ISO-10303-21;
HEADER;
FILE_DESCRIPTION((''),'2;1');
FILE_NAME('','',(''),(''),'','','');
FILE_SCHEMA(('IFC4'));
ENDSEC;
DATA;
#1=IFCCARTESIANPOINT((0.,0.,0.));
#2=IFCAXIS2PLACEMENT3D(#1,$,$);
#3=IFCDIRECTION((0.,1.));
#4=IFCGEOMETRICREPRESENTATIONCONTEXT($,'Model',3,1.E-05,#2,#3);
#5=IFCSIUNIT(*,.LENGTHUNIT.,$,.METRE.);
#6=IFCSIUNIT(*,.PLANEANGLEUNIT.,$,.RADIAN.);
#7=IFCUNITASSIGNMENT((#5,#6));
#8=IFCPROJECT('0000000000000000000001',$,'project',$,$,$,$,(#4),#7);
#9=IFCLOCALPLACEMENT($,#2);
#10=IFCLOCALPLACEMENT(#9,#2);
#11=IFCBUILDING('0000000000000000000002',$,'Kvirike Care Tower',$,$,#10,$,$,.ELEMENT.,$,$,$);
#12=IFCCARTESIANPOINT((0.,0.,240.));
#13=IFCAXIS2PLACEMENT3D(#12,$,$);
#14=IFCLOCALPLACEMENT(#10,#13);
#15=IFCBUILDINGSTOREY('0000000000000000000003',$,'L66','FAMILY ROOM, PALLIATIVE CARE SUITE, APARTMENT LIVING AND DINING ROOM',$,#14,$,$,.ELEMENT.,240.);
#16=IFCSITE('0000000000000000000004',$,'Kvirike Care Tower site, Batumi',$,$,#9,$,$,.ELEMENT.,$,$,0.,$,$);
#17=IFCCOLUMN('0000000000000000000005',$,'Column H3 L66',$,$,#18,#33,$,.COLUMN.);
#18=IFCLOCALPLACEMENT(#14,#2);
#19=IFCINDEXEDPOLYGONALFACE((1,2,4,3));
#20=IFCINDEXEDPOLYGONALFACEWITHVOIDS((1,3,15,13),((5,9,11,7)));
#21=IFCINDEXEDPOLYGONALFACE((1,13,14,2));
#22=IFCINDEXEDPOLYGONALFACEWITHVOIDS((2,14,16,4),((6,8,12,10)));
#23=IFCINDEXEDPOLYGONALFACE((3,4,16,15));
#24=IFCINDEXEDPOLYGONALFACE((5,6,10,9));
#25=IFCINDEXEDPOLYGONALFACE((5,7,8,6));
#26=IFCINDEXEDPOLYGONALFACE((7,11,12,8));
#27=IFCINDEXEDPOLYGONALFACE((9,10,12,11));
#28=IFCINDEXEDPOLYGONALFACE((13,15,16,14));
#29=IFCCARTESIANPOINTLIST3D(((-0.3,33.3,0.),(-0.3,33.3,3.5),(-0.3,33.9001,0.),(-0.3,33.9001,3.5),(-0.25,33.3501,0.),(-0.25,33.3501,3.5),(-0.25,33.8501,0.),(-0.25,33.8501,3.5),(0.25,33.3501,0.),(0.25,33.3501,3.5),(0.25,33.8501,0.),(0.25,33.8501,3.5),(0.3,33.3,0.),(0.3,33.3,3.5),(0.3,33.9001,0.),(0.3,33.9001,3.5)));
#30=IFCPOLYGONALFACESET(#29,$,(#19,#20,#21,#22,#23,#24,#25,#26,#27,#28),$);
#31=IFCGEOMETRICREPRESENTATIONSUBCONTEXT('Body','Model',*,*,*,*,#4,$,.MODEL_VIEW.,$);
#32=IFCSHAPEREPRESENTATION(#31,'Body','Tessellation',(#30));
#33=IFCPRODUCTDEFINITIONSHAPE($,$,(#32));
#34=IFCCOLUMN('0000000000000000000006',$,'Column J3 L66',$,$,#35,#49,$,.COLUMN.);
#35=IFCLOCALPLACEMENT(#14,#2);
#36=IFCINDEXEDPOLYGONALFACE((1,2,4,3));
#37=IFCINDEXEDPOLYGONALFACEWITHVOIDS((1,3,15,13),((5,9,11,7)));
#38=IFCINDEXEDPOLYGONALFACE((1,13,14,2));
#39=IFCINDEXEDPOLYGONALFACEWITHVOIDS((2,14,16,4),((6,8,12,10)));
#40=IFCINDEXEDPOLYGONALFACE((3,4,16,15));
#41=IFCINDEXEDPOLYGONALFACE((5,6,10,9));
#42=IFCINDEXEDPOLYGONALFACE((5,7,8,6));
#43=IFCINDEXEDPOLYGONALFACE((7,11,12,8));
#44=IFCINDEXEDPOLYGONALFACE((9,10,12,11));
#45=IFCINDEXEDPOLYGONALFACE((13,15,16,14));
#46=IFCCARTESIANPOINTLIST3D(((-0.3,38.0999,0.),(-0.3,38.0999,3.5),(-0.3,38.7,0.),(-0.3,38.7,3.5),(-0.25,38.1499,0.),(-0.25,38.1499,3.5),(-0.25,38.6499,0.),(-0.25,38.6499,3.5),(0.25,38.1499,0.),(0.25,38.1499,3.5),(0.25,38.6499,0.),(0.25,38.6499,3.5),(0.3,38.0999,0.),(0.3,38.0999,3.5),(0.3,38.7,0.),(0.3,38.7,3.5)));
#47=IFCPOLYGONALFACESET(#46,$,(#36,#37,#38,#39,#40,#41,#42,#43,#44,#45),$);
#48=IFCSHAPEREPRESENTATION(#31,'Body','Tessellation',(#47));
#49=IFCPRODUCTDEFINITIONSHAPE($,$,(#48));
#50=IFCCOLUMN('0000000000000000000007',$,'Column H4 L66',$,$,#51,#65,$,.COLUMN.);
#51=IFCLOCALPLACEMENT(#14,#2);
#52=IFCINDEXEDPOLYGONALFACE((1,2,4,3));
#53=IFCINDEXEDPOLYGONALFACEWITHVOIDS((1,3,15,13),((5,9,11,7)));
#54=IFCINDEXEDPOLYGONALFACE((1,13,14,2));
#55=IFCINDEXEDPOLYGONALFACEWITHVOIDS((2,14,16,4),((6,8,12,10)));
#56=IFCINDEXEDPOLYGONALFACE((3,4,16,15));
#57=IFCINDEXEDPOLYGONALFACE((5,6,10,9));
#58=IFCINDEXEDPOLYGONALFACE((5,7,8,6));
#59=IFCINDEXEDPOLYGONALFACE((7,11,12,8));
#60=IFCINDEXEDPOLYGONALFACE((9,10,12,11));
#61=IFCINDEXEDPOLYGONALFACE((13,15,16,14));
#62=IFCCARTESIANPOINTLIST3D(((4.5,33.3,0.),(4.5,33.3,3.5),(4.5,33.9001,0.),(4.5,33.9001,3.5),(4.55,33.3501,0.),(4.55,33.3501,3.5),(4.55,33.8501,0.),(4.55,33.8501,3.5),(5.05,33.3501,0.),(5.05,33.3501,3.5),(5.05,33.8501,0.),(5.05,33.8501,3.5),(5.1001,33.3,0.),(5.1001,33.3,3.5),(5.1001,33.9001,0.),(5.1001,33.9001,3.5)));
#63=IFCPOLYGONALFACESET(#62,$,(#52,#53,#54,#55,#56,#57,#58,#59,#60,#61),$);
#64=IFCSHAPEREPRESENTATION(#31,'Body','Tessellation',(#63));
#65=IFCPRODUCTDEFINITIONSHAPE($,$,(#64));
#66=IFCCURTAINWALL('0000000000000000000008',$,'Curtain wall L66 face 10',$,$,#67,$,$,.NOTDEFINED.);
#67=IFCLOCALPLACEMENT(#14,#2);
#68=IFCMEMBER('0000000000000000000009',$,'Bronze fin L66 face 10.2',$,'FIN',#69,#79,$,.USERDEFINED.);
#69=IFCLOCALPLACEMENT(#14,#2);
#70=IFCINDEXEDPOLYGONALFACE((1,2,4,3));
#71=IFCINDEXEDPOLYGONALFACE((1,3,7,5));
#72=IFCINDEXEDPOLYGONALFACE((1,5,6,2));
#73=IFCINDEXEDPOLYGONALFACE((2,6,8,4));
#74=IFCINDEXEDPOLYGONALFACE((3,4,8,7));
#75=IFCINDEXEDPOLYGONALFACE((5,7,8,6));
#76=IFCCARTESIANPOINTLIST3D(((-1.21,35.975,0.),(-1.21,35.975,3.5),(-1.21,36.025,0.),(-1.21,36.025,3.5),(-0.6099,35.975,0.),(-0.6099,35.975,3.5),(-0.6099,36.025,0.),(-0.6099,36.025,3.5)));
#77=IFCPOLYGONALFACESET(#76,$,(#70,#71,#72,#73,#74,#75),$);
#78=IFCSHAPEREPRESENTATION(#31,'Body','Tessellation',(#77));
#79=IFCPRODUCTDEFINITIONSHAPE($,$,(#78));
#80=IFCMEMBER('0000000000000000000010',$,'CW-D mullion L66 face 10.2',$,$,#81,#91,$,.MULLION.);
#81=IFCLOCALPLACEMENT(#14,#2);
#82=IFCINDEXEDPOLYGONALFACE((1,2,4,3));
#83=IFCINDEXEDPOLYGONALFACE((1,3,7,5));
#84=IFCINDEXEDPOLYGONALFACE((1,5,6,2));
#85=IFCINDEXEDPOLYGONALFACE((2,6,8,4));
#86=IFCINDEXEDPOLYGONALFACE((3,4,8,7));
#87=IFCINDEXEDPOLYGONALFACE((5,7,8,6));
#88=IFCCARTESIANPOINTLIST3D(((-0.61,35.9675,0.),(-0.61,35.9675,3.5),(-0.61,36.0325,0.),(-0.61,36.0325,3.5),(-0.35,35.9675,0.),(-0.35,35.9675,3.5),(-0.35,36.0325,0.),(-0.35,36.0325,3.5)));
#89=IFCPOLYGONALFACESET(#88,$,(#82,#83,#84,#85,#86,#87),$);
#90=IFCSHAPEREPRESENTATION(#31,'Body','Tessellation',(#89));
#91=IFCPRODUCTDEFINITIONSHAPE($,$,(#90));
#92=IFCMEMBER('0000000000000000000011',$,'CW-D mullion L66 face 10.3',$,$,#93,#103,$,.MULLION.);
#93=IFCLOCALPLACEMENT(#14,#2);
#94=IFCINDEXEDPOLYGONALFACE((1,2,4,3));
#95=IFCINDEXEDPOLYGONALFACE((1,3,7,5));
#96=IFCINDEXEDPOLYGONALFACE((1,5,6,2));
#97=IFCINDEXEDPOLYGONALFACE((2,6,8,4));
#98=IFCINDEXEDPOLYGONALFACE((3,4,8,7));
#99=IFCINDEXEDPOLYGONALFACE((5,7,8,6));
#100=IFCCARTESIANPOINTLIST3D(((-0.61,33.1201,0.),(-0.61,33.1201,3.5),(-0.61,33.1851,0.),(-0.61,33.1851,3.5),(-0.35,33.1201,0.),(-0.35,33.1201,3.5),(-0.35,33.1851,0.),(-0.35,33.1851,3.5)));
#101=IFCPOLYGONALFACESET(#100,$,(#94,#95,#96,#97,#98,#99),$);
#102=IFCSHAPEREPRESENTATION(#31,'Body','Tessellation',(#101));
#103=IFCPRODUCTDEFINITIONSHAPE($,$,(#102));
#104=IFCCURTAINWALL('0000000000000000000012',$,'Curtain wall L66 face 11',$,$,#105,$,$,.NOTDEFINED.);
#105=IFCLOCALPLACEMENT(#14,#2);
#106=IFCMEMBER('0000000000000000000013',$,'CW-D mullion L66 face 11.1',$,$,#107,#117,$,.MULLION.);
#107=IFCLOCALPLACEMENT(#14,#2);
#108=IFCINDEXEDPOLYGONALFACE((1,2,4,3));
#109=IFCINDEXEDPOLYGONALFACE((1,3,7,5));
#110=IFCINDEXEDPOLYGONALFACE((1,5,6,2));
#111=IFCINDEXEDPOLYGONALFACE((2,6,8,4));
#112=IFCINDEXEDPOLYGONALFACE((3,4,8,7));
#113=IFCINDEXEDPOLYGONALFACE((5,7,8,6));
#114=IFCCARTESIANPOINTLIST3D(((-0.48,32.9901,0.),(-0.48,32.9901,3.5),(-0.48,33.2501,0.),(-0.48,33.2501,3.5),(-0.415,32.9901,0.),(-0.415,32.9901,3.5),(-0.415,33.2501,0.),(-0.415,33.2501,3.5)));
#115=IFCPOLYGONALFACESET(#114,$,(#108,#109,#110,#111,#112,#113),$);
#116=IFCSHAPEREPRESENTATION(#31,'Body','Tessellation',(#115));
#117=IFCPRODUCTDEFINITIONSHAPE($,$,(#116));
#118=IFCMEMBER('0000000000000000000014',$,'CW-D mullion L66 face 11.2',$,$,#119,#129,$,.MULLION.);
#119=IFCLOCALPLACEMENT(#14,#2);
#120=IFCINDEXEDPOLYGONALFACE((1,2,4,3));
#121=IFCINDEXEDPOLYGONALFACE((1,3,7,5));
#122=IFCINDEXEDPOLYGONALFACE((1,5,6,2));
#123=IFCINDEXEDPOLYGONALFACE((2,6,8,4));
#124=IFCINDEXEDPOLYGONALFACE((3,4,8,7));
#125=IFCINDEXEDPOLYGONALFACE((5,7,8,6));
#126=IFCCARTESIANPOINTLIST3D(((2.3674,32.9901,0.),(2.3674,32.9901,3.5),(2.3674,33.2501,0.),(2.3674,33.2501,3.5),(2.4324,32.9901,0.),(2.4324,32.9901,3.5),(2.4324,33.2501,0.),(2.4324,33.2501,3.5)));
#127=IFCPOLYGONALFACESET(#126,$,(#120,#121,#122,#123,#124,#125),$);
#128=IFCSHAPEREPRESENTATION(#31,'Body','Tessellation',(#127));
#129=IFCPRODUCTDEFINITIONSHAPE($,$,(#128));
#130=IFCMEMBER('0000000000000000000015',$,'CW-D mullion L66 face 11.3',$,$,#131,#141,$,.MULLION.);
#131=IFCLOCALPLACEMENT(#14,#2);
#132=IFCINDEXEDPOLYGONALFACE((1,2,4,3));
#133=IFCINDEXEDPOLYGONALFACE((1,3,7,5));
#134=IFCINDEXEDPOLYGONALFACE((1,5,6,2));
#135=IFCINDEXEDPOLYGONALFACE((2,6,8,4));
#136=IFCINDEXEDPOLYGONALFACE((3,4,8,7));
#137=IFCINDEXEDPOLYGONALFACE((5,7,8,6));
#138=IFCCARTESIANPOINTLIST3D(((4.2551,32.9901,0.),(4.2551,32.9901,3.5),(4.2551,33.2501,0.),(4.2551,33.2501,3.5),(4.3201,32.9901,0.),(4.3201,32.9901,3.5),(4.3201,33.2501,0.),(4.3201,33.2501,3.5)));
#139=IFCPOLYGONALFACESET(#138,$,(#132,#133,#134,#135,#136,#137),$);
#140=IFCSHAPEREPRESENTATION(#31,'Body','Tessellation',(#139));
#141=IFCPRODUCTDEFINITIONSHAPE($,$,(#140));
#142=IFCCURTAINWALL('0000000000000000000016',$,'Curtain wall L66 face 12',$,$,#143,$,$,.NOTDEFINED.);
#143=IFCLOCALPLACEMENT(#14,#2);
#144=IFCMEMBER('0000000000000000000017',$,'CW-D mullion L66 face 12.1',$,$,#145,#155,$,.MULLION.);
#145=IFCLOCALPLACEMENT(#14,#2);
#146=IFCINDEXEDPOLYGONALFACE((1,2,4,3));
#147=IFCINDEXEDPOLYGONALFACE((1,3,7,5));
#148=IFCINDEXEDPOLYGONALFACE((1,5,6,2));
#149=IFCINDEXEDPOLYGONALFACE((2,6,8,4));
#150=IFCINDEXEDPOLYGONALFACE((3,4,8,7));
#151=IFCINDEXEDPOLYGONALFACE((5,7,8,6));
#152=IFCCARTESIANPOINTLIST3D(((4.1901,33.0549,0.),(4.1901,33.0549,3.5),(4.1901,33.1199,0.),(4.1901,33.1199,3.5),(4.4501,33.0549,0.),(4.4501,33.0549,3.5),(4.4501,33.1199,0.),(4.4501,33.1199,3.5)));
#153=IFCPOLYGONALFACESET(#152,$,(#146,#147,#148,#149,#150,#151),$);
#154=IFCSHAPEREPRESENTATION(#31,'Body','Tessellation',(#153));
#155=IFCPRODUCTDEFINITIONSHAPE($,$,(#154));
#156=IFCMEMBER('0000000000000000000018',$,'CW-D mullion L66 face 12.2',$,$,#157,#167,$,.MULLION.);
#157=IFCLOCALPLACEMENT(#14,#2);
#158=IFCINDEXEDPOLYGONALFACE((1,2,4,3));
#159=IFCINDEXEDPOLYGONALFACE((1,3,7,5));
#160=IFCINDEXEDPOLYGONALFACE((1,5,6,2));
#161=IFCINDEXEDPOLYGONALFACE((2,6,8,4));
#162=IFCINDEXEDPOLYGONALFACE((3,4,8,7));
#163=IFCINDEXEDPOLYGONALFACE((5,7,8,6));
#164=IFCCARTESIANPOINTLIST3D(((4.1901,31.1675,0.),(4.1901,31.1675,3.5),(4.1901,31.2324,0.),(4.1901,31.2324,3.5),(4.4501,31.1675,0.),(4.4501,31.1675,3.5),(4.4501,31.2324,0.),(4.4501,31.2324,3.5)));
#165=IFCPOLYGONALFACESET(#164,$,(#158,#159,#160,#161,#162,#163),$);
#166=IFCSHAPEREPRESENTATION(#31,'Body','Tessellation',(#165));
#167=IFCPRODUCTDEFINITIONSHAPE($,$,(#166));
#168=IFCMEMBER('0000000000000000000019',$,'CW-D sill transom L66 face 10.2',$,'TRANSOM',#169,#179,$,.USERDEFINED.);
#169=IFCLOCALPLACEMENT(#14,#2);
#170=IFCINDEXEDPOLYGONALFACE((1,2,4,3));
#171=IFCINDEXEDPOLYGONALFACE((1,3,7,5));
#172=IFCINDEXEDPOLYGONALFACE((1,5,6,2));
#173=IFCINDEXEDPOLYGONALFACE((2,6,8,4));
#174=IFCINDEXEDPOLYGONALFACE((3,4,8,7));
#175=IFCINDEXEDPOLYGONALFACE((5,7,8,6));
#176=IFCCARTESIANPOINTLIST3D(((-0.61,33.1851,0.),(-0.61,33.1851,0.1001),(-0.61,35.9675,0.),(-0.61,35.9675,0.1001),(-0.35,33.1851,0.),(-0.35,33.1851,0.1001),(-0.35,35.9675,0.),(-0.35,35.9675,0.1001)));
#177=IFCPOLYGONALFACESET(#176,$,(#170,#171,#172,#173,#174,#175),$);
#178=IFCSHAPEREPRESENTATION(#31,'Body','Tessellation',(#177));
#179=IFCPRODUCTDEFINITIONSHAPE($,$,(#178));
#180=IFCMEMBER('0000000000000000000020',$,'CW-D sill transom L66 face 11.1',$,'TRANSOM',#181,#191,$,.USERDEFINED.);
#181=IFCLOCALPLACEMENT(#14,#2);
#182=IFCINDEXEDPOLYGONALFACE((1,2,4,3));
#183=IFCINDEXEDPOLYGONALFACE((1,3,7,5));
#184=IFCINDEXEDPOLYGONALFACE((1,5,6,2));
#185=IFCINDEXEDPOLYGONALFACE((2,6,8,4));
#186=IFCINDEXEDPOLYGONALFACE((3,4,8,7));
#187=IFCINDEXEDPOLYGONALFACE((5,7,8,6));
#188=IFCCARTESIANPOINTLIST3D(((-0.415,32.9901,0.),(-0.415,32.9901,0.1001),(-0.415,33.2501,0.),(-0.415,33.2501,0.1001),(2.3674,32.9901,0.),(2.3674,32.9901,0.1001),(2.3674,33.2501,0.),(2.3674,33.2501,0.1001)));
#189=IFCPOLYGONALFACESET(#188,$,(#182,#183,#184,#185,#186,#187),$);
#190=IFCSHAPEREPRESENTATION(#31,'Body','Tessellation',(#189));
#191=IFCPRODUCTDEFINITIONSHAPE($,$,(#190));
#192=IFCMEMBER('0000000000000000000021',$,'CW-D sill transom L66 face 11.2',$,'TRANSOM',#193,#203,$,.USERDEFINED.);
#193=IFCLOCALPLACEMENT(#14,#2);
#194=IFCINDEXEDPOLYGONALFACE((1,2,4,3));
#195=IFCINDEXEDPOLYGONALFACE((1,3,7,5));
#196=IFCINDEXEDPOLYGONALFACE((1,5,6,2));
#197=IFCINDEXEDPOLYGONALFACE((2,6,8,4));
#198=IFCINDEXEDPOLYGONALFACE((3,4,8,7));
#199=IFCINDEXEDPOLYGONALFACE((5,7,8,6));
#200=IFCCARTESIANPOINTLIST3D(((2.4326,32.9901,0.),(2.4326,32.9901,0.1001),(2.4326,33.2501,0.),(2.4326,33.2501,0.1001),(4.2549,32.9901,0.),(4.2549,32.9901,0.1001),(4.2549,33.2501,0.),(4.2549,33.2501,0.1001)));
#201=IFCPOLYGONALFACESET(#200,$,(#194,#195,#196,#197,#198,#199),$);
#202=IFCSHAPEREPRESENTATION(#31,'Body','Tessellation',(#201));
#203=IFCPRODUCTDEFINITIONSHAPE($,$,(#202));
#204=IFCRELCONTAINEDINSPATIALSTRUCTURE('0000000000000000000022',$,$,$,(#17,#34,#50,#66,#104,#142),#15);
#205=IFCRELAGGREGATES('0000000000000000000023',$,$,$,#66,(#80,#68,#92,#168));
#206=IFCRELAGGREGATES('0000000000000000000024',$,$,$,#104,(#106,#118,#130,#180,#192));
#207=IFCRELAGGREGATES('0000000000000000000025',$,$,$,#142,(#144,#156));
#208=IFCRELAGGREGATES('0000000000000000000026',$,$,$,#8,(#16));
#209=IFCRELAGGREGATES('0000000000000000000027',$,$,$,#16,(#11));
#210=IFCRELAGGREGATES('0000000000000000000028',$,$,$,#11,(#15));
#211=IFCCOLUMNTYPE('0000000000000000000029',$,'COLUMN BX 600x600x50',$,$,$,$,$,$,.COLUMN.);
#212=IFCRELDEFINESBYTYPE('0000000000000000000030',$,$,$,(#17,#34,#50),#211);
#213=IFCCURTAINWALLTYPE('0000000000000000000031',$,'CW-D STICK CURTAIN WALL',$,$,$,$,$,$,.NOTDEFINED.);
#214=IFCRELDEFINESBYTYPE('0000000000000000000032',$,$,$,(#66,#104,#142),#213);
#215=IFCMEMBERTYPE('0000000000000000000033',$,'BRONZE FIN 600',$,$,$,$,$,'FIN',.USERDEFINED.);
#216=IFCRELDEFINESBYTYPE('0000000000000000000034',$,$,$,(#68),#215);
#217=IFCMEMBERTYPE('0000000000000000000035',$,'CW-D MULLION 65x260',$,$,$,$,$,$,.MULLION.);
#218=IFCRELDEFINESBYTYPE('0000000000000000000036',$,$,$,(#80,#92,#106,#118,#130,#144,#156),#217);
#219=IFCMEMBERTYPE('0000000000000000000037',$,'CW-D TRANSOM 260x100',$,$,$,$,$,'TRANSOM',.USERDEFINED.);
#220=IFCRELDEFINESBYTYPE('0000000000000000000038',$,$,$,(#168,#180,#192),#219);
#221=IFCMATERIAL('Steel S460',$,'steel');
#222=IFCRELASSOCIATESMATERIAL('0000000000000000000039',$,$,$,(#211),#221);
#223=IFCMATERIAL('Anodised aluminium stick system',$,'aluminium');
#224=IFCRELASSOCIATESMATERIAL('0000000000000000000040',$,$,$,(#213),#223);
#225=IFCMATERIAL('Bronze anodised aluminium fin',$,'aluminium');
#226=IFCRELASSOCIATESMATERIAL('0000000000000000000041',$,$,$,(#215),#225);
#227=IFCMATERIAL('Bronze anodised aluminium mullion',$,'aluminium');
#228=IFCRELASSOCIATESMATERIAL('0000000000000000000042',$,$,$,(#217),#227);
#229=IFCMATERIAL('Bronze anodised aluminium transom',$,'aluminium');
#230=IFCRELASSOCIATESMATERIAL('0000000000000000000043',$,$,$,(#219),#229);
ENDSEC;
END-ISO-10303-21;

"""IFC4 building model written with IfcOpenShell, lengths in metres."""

from ifc_helpers import new_model, si_unit, direction, frame, origin, origin_2d, place, context, subcontext, project, spatial, rectangle, hollow_rectangle, extrude, material, material_profile, profile_set, type_object, element, aggregate, save


model = new_model("IFC4")

# Units and contexts
model_context = context("Model", 3, precision=1e-05, world=origin(), true_north=direction((0.0, 1.0)))
body_context = subcontext(model_context, "Body", "Model", "MODEL_VIEW")
ifc_project = project(units=[si_unit("LENGTHUNIT", "METRE"), si_unit("PLANEANGLEUNIT", "RADIAN")], contexts=[model_context])

# Site, building, storey
site_placement = place(None, origin())
site = spatial("IfcSite", under=ifc_project, at=site_placement, Name="Kvirike Care Tower site, Batumi", CompositionType="ELEMENT", RefElevation=0.0)
building_placement = place(site_placement, origin())
building = spatial("IfcBuilding", under=site, at=building_placement, Name="Kvirike Care Tower", CompositionType="ELEMENT")
storey_placement = place(building_placement, frame((0.0, 0.0, 240.0)))
storey = spatial("IfcBuildingStorey", under=building, at=storey_placement, Name="L66", Description="FAMILY ROOM, PALLIATIVE CARE SUITE, APARTMENT LIVING AND DINING ROOM", CompositionType="ELEMENT", Elevation=240.0)

# Columns
ifc_material_1 = material(Name="Steel S460", Category="steel")
ifc_material_profile_1 = material_profile(ifc_material_1, hollow_rectangle(XDim=0.6001, YDim=0.6001, WallThickness=0.05, at=origin_2d()), Name="BX 600x600x50")
ifc_profile_set_1 = profile_set([ifc_material_profile_1], Name="Steel S460")
column_type = type_object("IfcColumnType", Name="COLUMN BX 600x600x50", PredefinedType="COLUMN", material=ifc_profile_set_1)
for number, where, z_axis, x_axis, name in (
    (1, (0.0, 33.6001, 0.0), (0.0, 0.0, 1.0), (0.0, 1.0, 0.0), "Column H3 L66"),
    (2, (0.0, 38.3999, 0.0), (0.0, 0.0, 1.0), (0.0, 1.0, 0.0), "Column J3 L66"),
    (3, (4.8, 33.6001, 0.0), (0.0, 0.0, 1.0), (0.0, 1.0, 0.0), "Column H4 L66"),
):
    element("IfcColumn", number, at=place(storey_placement, frame(where, z_axis=z_axis, x_axis=x_axis)), inside=storey, type_object=column_type, Name=name, PredefinedType="COLUMN", context=body_context, shape_type="SweptSolid", body=[
        extrude(hollow_rectangle(XDim=0.6001, YDim=0.6001, WallThickness=0.05, at=origin_2d()), origin(), (0.0, 0.0, 1.0), 3.5),
    ])

# Curtain walls, members
ifc_material_2 = material(Name="Anodised aluminium stick system", Category="aluminium")
curtain_wall_type = type_object("IfcCurtainWallType", Name="CW-D STICK CURTAIN WALL", PredefinedType="NOTDEFINED", material=ifc_material_2)
curtain_wall_1_placement = place(storey_placement, origin())
curtain_wall_1 = element("IfcCurtainWall", 4, at=curtain_wall_1_placement, inside=storey, type_object=curtain_wall_type, Name="Curtain wall L66 face 10", PredefinedType="NOTDEFINED")
ifc_material_3 = material(Name="Bronze anodised aluminium fin", Category="aluminium")
ifc_material_profile_2 = material_profile(ifc_material_3, rectangle(XDim=0.05, YDim=0.6001, at=origin_2d()), Name="BRONZE FIN 600")
ifc_profile_set_2 = profile_set([ifc_material_profile_2], Name="Bronze anodised aluminium fin")
member_type_1 = type_object("IfcMemberType", Name="BRONZE FIN 600", ElementType="FIN", PredefinedType="USERDEFINED", material=ifc_profile_set_2)
member_1_placement = place(storey_placement, frame((-0.9099, 36.0, 0.0), z_axis=(0.0, 0.0, 1.0), x_axis=(0.0, -1.0, 0.0)))
member_1 = element("IfcMember", 5, at=member_1_placement, type_object=member_type_1, Name="Bronze fin L66 face 10.2", ObjectType="FIN", PredefinedType="USERDEFINED", context=body_context, shape_type="SweptSolid", body=[
    extrude(rectangle(XDim=0.05, YDim=0.6001, at=origin_2d()), origin(), (0.0, 0.0, 1.0), 3.5),
])
ifc_material_4 = material(Name="Bronze anodised aluminium mullion", Category="aluminium")
ifc_material_profile_3 = material_profile(ifc_material_4, rectangle(XDim=0.0649, YDim=0.26, at=origin_2d()), Name="CW-D MULLION 65x260")
ifc_profile_set_3 = profile_set([ifc_material_profile_3], Name="Bronze anodised aluminium mullion")
member_type_2 = type_object("IfcMemberType", Name="CW-D MULLION 65x260", PredefinedType="MULLION", material=ifc_profile_set_3)
member_2_placement = place(storey_placement, frame((-0.48, 36.0, 0.0), z_axis=(0.0, 0.0, 1.0), x_axis=(0.0, -1.0, 0.0)))
member_2 = element("IfcMember", 6, at=member_2_placement, type_object=member_type_2, Name="CW-D mullion L66 face 10.2", PredefinedType="MULLION", context=body_context, shape_type="SweptSolid", body=[
    extrude(rectangle(XDim=0.0649, YDim=0.26, at=origin_2d()), origin(), (0.0, 0.0, 1.0), 3.5),
])
member_3_placement = place(storey_placement, frame((-0.48, 33.1526, 0.0), z_axis=(0.0, 0.0, 1.0), x_axis=(0.0, -1.0, 0.0)))
member_3 = element("IfcMember", 7, at=member_3_placement, type_object=member_type_2, Name="CW-D mullion L66 face 10.3", PredefinedType="MULLION", context=body_context, shape_type="SweptSolid", body=[
    extrude(rectangle(XDim=0.0649, YDim=0.26, at=origin_2d()), origin(), (0.0, 0.0, 1.0), 3.5),
])
curtain_wall_2_placement = place(storey_placement, origin())
curtain_wall_2 = element("IfcCurtainWall", 8, at=curtain_wall_2_placement, inside=storey, type_object=curtain_wall_type, Name="Curtain wall L66 face 11", PredefinedType="NOTDEFINED")
member_4_placement = place(storey_placement, frame((-0.4475, 33.1201, 0.0), z_axis=(0.0, 0.0, 1.0), x_axis=(1.0, 0.0, 0.0)))
member_4 = element("IfcMember", 9, at=member_4_placement, type_object=member_type_2, Name="CW-D mullion L66 face 11.1", PredefinedType="MULLION", context=body_context, shape_type="SweptSolid", body=[
    extrude(rectangle(XDim=0.0649, YDim=0.26, at=origin_2d()), origin(), (0.0, 0.0, 1.0), 3.5),
])
member_5_placement = place(storey_placement, frame((2.3999, 33.1201, 0.0), z_axis=(0.0, 0.0, 1.0), x_axis=(1.0, 0.0, 0.0)))
member_5 = element("IfcMember", 10, at=member_5_placement, type_object=member_type_2, Name="CW-D mullion L66 face 11.2", PredefinedType="MULLION", context=body_context, shape_type="SweptSolid", body=[
    extrude(rectangle(XDim=0.0649, YDim=0.26, at=origin_2d()), origin(), (0.0, 0.0, 1.0), 3.5),
])
member_6_placement = place(storey_placement, frame((4.2876, 33.1201, 0.0), z_axis=(0.0, 0.0, 1.0), x_axis=(1.0, 0.0, 0.0)))
member_6 = element("IfcMember", 11, at=member_6_placement, type_object=member_type_2, Name="CW-D mullion L66 face 11.3", PredefinedType="MULLION", context=body_context, shape_type="SweptSolid", body=[
    extrude(rectangle(XDim=0.0649, YDim=0.26, at=origin_2d()), origin(), (0.0, 0.0, 1.0), 3.5),
])
curtain_wall_3_placement = place(storey_placement, origin())
curtain_wall_3 = element("IfcCurtainWall", 12, at=curtain_wall_3_placement, inside=storey, type_object=curtain_wall_type, Name="Curtain wall L66 face 12", PredefinedType="NOTDEFINED")
member_7_placement = place(storey_placement, frame((4.3201, 33.0874, 0.0), z_axis=(0.0, 0.0, 1.0), x_axis=(0.0, -1.0, 0.0)))
member_7 = element("IfcMember", 13, at=member_7_placement, type_object=member_type_2, Name="CW-D mullion L66 face 12.1", PredefinedType="MULLION", context=body_context, shape_type="SweptSolid", body=[
    extrude(rectangle(XDim=0.0649, YDim=0.26, at=origin_2d()), origin(), (0.0, 0.0, 1.0), 3.5),
])
member_8_placement = place(storey_placement, frame((4.3201, 31.2, 0.0), z_axis=(0.0, 0.0, 1.0), x_axis=(0.0, -1.0, 0.0)))
member_8 = element("IfcMember", 14, at=member_8_placement, type_object=member_type_2, Name="CW-D mullion L66 face 12.2", PredefinedType="MULLION", context=body_context, shape_type="SweptSolid", body=[
    extrude(rectangle(XDim=0.0649, YDim=0.26, at=origin_2d()), origin(), (0.0, 0.0, 1.0), 3.5),
])

# Members
ifc_material_5 = material(Name="Bronze anodised aluminium transom", Category="aluminium")
ifc_material_profile_4 = material_profile(ifc_material_5, rectangle(XDim=0.26, YDim=0.1001, at=origin_2d()), Name="CW-D TRANSOM 260x100")
ifc_profile_set_4 = profile_set([ifc_material_profile_4], Name="Bronze anodised aluminium transom")
member_type_3 = type_object("IfcMemberType", Name="CW-D TRANSOM 260x100", ElementType="TRANSOM", PredefinedType="USERDEFINED", material=ifc_profile_set_4)
member_9_placement = place(storey_placement, frame((-0.48, 35.9675, 0.05), z_axis=(0.0, -1.0, 0.0), x_axis=(1.0, 0.0, 0.0)))
member_9 = element("IfcMember", 15, at=member_9_placement, type_object=member_type_3, Name="CW-D sill transom L66 face 10.2", ObjectType="TRANSOM", PredefinedType="USERDEFINED", context=body_context, shape_type="SweptSolid", body=[
    extrude(rectangle(XDim=0.26, YDim=0.1001, at=origin_2d()), origin(), (0.0, 0.0, 1.0), 2.7825),
])
member_10_placement = place(storey_placement, frame((-0.415, 33.1201, 0.05), z_axis=(1.0, 0.0, 0.0), x_axis=(0.0, 1.0, 0.0)))
member_10 = element("IfcMember", 16, at=member_10_placement, type_object=member_type_3, Name="CW-D sill transom L66 face 11.1", ObjectType="TRANSOM", PredefinedType="USERDEFINED", context=body_context, shape_type="SweptSolid", body=[
    extrude(rectangle(XDim=0.26, YDim=0.1001, at=origin_2d()), origin(), (0.0, 0.0, 1.0), 2.7825),
])
member_11_placement = place(storey_placement, frame((2.4326, 33.1201, 0.05), z_axis=(1.0, 0.0, 0.0), x_axis=(0.0, 1.0, 0.0)))
member_11 = element("IfcMember", 17, at=member_11_placement, type_object=member_type_3, Name="CW-D sill transom L66 face 11.2", ObjectType="TRANSOM", PredefinedType="USERDEFINED", context=body_context, shape_type="SweptSolid", body=[
    extrude(rectangle(XDim=0.26, YDim=0.1001, at=origin_2d()), origin(), (0.0, 0.0, 1.0), 1.8223),
])

aggregate(curtain_wall_1, [member_2, member_1, member_3, member_9])
aggregate(curtain_wall_2, [member_4, member_5, member_6, member_10, member_11])
aggregate(curtain_wall_3, [member_7, member_8])

save(model, "model.ifc")
